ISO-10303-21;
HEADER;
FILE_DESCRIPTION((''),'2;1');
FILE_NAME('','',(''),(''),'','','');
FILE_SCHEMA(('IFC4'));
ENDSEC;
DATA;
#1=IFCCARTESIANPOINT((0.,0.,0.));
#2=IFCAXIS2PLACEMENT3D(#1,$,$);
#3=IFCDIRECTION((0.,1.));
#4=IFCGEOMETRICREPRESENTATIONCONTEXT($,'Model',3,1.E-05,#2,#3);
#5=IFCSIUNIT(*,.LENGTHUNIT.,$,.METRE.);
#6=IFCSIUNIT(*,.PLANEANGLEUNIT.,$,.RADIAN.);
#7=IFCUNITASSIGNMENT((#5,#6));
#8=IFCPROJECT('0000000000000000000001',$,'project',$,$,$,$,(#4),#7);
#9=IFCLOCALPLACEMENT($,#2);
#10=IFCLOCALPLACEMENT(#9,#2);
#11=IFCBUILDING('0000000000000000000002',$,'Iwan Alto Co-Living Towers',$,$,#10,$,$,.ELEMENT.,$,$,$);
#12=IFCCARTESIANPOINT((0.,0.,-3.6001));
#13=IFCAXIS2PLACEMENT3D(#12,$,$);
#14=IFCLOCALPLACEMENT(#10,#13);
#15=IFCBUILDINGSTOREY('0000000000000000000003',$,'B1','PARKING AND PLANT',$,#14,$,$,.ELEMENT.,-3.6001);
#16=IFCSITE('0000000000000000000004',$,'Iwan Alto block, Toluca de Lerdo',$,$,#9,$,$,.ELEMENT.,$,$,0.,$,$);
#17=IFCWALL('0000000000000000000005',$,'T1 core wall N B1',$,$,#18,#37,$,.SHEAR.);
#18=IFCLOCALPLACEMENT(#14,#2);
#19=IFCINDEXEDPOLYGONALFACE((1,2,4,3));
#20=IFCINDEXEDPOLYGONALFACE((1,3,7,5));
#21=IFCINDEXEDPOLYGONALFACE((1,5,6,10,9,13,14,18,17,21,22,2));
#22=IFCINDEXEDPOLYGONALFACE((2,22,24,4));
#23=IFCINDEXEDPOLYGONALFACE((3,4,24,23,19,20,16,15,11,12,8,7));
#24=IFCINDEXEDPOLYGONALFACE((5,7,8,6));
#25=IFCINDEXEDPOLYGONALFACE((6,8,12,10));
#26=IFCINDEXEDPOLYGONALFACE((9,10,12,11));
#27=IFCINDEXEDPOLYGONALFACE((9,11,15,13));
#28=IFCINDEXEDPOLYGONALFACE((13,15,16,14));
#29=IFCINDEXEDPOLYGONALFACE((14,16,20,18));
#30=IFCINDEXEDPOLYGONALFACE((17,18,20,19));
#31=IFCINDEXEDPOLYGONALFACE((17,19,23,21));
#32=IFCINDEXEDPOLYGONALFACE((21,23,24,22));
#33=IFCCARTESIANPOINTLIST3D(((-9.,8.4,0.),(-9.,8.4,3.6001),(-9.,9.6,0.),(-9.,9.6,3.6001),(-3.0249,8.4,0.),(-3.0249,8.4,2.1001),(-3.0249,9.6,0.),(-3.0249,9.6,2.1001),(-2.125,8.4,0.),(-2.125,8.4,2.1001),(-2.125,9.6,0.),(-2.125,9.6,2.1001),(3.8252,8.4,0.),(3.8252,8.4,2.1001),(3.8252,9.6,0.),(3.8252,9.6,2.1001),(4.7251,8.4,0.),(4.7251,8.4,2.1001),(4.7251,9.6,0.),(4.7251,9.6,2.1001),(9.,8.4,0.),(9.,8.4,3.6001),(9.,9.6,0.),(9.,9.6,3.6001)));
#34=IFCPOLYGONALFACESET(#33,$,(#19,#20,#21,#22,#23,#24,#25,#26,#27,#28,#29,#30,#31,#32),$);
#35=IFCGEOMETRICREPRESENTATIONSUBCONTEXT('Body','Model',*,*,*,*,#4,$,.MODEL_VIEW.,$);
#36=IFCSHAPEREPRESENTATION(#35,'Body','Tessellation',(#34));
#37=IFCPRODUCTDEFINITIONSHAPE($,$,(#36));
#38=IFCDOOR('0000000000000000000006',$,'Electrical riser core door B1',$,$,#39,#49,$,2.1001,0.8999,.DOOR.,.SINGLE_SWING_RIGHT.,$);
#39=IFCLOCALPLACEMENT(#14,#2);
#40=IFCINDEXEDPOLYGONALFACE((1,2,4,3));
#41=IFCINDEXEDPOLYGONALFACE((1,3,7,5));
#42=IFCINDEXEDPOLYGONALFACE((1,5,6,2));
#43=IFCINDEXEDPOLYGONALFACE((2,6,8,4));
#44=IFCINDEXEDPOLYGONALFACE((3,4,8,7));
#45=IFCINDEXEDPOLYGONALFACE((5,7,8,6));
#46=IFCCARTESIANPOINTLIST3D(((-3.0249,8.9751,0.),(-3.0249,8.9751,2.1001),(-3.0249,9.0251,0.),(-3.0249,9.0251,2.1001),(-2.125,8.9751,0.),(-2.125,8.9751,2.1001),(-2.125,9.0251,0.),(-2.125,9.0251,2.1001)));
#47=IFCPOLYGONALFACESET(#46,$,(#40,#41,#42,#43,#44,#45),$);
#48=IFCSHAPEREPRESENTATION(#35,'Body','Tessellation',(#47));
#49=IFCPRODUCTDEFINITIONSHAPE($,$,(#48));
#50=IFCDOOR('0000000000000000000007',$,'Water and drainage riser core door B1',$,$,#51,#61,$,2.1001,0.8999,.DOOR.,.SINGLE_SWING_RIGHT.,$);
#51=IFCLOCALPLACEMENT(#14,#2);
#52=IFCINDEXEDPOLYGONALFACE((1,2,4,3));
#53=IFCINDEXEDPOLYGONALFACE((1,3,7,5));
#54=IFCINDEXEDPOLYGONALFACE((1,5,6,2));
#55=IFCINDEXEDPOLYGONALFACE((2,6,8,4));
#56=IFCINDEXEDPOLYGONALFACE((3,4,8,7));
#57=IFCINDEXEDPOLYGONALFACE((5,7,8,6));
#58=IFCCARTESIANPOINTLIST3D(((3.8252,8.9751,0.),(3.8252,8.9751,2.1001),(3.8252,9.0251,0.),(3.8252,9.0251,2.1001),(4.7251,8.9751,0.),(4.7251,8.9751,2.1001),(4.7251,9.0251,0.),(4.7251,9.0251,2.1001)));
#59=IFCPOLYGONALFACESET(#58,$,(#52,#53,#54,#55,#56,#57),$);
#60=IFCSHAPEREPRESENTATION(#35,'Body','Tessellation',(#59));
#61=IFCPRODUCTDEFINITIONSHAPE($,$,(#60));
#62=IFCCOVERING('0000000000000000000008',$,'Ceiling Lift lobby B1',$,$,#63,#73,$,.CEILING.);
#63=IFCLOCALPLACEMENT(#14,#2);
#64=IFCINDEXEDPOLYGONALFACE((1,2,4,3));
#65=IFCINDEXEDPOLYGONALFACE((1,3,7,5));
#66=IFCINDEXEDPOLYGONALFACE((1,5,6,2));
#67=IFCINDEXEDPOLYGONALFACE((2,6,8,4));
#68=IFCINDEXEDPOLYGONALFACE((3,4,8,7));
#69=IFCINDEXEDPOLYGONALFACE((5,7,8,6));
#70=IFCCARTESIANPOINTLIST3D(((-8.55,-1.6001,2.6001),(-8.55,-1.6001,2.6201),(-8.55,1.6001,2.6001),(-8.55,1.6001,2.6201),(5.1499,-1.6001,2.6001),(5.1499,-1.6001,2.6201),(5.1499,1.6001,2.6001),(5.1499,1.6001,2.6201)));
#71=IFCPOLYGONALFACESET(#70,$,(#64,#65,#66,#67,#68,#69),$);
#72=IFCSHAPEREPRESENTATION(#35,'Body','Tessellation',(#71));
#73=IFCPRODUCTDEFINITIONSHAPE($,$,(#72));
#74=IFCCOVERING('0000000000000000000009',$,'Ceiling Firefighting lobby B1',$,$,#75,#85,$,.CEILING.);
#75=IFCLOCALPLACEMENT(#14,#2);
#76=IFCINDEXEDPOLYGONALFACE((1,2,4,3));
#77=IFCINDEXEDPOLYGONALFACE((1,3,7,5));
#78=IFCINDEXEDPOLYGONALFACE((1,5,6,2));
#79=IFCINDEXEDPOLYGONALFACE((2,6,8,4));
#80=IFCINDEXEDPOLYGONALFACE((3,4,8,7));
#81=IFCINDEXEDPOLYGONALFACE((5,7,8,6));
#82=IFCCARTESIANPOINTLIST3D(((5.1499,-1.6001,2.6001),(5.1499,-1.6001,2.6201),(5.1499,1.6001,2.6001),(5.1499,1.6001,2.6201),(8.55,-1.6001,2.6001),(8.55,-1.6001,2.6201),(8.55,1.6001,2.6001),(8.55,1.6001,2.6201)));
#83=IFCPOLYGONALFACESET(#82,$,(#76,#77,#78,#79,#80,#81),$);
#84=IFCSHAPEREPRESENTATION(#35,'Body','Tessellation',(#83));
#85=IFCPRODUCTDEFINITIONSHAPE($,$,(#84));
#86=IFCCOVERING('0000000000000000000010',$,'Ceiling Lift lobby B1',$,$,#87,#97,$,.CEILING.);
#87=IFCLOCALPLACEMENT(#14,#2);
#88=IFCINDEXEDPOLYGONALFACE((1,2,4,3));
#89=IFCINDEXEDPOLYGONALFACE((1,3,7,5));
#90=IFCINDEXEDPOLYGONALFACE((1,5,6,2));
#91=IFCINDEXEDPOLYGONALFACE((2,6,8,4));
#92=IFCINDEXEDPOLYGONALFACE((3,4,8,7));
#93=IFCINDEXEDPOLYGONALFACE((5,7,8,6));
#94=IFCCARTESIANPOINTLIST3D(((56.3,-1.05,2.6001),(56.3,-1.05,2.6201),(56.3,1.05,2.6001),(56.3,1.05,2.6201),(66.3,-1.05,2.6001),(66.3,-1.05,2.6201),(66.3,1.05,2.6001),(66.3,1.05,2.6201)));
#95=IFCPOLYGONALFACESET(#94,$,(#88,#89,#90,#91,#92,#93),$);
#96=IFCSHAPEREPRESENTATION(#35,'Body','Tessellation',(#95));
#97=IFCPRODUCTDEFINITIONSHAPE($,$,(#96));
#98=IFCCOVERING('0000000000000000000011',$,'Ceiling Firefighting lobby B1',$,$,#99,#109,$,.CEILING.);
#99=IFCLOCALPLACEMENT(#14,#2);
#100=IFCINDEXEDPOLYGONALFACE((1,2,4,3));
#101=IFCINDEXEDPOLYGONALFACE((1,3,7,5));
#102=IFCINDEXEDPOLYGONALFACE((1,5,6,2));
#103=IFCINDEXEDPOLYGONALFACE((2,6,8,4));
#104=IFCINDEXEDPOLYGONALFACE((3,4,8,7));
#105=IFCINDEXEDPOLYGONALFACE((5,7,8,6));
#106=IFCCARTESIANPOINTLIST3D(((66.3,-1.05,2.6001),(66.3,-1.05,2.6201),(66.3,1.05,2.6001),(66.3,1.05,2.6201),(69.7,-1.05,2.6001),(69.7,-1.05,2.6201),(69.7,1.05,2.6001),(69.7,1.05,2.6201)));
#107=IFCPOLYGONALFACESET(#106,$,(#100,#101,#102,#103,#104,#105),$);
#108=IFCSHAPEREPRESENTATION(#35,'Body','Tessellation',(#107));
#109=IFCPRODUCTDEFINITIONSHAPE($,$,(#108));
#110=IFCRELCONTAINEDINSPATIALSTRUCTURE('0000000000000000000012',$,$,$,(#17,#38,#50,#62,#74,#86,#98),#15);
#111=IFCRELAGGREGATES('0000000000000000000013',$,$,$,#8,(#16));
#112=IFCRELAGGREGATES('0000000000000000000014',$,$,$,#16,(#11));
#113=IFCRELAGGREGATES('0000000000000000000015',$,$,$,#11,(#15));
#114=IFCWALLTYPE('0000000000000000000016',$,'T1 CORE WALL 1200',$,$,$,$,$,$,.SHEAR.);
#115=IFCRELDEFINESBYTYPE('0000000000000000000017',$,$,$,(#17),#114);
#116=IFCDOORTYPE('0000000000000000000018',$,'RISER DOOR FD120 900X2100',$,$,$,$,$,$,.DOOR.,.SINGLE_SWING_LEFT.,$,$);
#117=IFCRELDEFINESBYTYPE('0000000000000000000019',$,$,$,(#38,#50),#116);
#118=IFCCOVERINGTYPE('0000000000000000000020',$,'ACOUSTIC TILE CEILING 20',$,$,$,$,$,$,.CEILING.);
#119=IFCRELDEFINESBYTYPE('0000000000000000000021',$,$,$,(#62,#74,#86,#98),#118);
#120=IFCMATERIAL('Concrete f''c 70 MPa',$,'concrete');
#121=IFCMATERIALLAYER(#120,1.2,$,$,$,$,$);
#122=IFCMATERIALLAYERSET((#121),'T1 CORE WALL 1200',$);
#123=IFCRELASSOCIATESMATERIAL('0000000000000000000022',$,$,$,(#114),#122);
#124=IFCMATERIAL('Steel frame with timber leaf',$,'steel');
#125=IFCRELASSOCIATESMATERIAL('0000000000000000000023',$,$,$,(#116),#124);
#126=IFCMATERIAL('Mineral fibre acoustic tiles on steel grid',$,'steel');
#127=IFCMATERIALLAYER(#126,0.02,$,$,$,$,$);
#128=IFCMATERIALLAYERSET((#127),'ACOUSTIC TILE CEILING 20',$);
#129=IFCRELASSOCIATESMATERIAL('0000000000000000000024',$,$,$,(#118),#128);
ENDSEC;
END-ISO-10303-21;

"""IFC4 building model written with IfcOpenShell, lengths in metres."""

from ifc_helpers import new_model, si_unit, direction, frame, frame_2d, origin, place, context, subcontext, project, spatial, polyline, rectangle, outline, extrude, material, layer, layer_set, type_object, element, fill, save


model = new_model("IFC4")

# Units and contexts
model_context = context("Model", 3, precision=1e-05, world=origin(), true_north=direction((0.0, 1.0)))
body_context = subcontext(model_context, "Body", "Model", "MODEL_VIEW")
ifc_project = project(units=[si_unit("LENGTHUNIT", "METRE"), si_unit("PLANEANGLEUNIT", "RADIAN")], contexts=[model_context])

# Site, building, storey
site_placement = place(None, origin())
site = spatial("IfcSite", under=ifc_project, at=site_placement, Name="Iwan Alto block, Toluca de Lerdo", CompositionType="ELEMENT", RefElevation=0.0)
building_placement = place(site_placement, origin())
building = spatial("IfcBuilding", under=site, at=building_placement, Name="Iwan Alto Co-Living Towers", CompositionType="ELEMENT")
storey_placement = place(building_placement, frame((0.0, 0.0, -3.6001)))
storey = spatial("IfcBuildingStorey", under=building, at=storey_placement, Name="B1", Description="PARKING AND PLANT", CompositionType="ELEMENT", Elevation=-3.6001)

# Wall, openings, doors
ifc_material_1 = material(Name="Concrete f'c 70 MPa", Category="concrete")
ifc_layer_1 = layer(ifc_material_1, 1.2)
ifc_layer_set_1 = layer_set([ifc_layer_1], Name="T1 CORE WALL 1200")
wall_type_1 = type_object("IfcWallType", Name="T1 CORE WALL 1200", PredefinedType="SHEAR", material=ifc_layer_set_1)
wall_1_placement = place(storey_placement, frame((9.0, 9.0, 0.0), z_axis=(0.0, 0.0, 1.0), x_axis=(-1.0, 0.0, 0.0)))
wall_1 = element("IfcWall", 1, at=wall_1_placement, inside=storey, type_object=wall_type_1, Name="T1 core wall N B1", PredefinedType="SHEAR", context=body_context, shape_type="SweptSolid", body=[
    extrude(rectangle(XDim=18.0, YDim=1.2, at=frame_2d((9.0, 0.0))), origin(), (0.0, 0.0, 1.0), 3.6001),
])
opening_1_placement = place(wall_1_placement, frame((11.125, 0.0, 0.0)))
opening_1 = element("IfcOpeningElement", 2, at=opening_1_placement, cuts=wall_1, PredefinedType="OPENING", context=body_context, shape_type="SweptSolid", body=[
    extrude(rectangle(XDim=0.8999, YDim=2.1001, at=frame_2d((0.45, 1.05))), frame((0.0, 0.6099, 0.0), z_axis=(0.0, -1.0, 0.0), x_axis=(1.0, 0.0, 0.0)), (0.0, 0.0, 1.0), 1.22),
])
opening_2_placement = place(wall_1_placement, frame((4.2749, 0.0, 0.0)))
opening_2 = element("IfcOpeningElement", 3, at=opening_2_placement, cuts=wall_1, PredefinedType="OPENING", context=body_context, shape_type="SweptSolid", body=[
    extrude(rectangle(XDim=0.8999, YDim=2.1001, at=frame_2d((0.45, 1.05))), frame((0.0, 0.6099, 0.0), z_axis=(0.0, -1.0, 0.0), x_axis=(1.0, 0.0, 0.0)), (0.0, 0.0, 1.0), 1.22),
])
ifc_material_2 = material(Name="Steel frame with timber leaf", Category="steel")
door_type = type_object("IfcDoorType", Name="RISER DOOR FD120 900X2100", OperationType="SINGLE_SWING_LEFT", PredefinedType="DOOR", material=ifc_material_2)
door_1_placement = place(opening_1_placement, origin())
door_1 = element("IfcDoor", 4, at=door_1_placement, inside=storey, type_object=door_type, Name="Electrical riser core door B1", OperationType="SINGLE_SWING_RIGHT", OverallHeight=2.1001, OverallWidth=0.8999, PredefinedType="DOOR", context=body_context, shape_type="SweptSolid", body=[
    extrude(rectangle(XDim=0.8999, YDim=2.1001, at=frame_2d((0.45, 1.05))), frame((0.0, 0.0249, 0.0), z_axis=(0.0, -1.0, 0.0), x_axis=(1.0, 0.0, 0.0)), (0.0, 0.0, 1.0), 0.05),
])
fill(opening_1, door_1)
door_2_placement = place(opening_2_placement, origin())
door_2 = element("IfcDoor", 5, at=door_2_placement, inside=storey, type_object=door_type, Name="Water and drainage riser core door B1", OperationType="SINGLE_SWING_RIGHT", OverallHeight=2.1001, OverallWidth=0.8999, PredefinedType="DOOR", context=body_context, shape_type="SweptSolid", body=[
    extrude(rectangle(XDim=0.8999, YDim=2.1001, at=frame_2d((0.45, 1.05))), frame((0.0, 0.0249, 0.0), z_axis=(0.0, -1.0, 0.0), x_axis=(1.0, 0.0, 0.0)), (0.0, 0.0, 1.0), 0.05),
])
fill(opening_2, door_2)

# Coverings
ifc_material_3 = material(Name="Mineral fibre acoustic tiles on steel grid", Category="steel")
ifc_layer_2 = layer(ifc_material_3, 0.02)
ifc_layer_set_2 = layer_set([ifc_layer_2], Name="ACOUSTIC TILE CEILING 20")
covering_type = type_object("IfcCoveringType", Name="ACOUSTIC TILE CEILING 20", PredefinedType="CEILING", material=ifc_layer_set_2)
covering_1_placement = place(storey_placement, frame((0.0, 0.0, 2.6001)))
element("IfcCovering", 6, at=covering_1_placement, inside=storey, type_object=covering_type, Name="Ceiling Lift lobby B1", PredefinedType="CEILING", context=body_context, shape_type="SweptSolid", body=[
    extrude(outline(polyline([(-8.55, -1.6001), (-8.55, 1.6001), (5.1499, 1.6001), (5.1499, -1.6001), (-8.55, -1.6001)])), origin(), (0.0, 0.0, 1.0), 0.02),
])
covering_2_placement = place(storey_placement, frame((0.0, 0.0, 2.6001)))
element("IfcCovering", 7, at=covering_2_placement, inside=storey, type_object=covering_type, Name="Ceiling Firefighting lobby B1", PredefinedType="CEILING", context=body_context, shape_type="SweptSolid", body=[
    extrude(outline(polyline([(5.1499, -1.6001), (5.1499, 1.6001), (8.55, 1.6001), (8.55, -1.6001), (5.1499, -1.6001)])), origin(), (0.0, 0.0, 1.0), 0.02),
])
covering_3_placement = place(storey_placement, frame((0.0, 0.0, 2.6001)))
element("IfcCovering", 8, at=covering_3_placement, inside=storey, type_object=covering_type, Name="Ceiling Lift lobby B1", PredefinedType="CEILING", context=body_context, shape_type="SweptSolid", body=[
    extrude(outline(polyline([(56.3, -1.05), (56.3, 1.05), (66.3, 1.05), (66.3, -1.05), (56.3, -1.05)])), origin(), (0.0, 0.0, 1.0), 0.02),
])
covering_4_placement = place(storey_placement, frame((0.0, 0.0, 2.6001)))
element("IfcCovering", 9, at=covering_4_placement, inside=storey, type_object=covering_type, Name="Ceiling Firefighting lobby B1", PredefinedType="CEILING", context=body_context, shape_type="SweptSolid", body=[
    extrude(outline(polyline([(66.3, -1.05), (66.3, 1.05), (69.7, 1.05), (69.7, -1.05), (66.3, -1.05)])), origin(), (0.0, 0.0, 1.0), 0.02),
])

save(model, "model.ifc")
